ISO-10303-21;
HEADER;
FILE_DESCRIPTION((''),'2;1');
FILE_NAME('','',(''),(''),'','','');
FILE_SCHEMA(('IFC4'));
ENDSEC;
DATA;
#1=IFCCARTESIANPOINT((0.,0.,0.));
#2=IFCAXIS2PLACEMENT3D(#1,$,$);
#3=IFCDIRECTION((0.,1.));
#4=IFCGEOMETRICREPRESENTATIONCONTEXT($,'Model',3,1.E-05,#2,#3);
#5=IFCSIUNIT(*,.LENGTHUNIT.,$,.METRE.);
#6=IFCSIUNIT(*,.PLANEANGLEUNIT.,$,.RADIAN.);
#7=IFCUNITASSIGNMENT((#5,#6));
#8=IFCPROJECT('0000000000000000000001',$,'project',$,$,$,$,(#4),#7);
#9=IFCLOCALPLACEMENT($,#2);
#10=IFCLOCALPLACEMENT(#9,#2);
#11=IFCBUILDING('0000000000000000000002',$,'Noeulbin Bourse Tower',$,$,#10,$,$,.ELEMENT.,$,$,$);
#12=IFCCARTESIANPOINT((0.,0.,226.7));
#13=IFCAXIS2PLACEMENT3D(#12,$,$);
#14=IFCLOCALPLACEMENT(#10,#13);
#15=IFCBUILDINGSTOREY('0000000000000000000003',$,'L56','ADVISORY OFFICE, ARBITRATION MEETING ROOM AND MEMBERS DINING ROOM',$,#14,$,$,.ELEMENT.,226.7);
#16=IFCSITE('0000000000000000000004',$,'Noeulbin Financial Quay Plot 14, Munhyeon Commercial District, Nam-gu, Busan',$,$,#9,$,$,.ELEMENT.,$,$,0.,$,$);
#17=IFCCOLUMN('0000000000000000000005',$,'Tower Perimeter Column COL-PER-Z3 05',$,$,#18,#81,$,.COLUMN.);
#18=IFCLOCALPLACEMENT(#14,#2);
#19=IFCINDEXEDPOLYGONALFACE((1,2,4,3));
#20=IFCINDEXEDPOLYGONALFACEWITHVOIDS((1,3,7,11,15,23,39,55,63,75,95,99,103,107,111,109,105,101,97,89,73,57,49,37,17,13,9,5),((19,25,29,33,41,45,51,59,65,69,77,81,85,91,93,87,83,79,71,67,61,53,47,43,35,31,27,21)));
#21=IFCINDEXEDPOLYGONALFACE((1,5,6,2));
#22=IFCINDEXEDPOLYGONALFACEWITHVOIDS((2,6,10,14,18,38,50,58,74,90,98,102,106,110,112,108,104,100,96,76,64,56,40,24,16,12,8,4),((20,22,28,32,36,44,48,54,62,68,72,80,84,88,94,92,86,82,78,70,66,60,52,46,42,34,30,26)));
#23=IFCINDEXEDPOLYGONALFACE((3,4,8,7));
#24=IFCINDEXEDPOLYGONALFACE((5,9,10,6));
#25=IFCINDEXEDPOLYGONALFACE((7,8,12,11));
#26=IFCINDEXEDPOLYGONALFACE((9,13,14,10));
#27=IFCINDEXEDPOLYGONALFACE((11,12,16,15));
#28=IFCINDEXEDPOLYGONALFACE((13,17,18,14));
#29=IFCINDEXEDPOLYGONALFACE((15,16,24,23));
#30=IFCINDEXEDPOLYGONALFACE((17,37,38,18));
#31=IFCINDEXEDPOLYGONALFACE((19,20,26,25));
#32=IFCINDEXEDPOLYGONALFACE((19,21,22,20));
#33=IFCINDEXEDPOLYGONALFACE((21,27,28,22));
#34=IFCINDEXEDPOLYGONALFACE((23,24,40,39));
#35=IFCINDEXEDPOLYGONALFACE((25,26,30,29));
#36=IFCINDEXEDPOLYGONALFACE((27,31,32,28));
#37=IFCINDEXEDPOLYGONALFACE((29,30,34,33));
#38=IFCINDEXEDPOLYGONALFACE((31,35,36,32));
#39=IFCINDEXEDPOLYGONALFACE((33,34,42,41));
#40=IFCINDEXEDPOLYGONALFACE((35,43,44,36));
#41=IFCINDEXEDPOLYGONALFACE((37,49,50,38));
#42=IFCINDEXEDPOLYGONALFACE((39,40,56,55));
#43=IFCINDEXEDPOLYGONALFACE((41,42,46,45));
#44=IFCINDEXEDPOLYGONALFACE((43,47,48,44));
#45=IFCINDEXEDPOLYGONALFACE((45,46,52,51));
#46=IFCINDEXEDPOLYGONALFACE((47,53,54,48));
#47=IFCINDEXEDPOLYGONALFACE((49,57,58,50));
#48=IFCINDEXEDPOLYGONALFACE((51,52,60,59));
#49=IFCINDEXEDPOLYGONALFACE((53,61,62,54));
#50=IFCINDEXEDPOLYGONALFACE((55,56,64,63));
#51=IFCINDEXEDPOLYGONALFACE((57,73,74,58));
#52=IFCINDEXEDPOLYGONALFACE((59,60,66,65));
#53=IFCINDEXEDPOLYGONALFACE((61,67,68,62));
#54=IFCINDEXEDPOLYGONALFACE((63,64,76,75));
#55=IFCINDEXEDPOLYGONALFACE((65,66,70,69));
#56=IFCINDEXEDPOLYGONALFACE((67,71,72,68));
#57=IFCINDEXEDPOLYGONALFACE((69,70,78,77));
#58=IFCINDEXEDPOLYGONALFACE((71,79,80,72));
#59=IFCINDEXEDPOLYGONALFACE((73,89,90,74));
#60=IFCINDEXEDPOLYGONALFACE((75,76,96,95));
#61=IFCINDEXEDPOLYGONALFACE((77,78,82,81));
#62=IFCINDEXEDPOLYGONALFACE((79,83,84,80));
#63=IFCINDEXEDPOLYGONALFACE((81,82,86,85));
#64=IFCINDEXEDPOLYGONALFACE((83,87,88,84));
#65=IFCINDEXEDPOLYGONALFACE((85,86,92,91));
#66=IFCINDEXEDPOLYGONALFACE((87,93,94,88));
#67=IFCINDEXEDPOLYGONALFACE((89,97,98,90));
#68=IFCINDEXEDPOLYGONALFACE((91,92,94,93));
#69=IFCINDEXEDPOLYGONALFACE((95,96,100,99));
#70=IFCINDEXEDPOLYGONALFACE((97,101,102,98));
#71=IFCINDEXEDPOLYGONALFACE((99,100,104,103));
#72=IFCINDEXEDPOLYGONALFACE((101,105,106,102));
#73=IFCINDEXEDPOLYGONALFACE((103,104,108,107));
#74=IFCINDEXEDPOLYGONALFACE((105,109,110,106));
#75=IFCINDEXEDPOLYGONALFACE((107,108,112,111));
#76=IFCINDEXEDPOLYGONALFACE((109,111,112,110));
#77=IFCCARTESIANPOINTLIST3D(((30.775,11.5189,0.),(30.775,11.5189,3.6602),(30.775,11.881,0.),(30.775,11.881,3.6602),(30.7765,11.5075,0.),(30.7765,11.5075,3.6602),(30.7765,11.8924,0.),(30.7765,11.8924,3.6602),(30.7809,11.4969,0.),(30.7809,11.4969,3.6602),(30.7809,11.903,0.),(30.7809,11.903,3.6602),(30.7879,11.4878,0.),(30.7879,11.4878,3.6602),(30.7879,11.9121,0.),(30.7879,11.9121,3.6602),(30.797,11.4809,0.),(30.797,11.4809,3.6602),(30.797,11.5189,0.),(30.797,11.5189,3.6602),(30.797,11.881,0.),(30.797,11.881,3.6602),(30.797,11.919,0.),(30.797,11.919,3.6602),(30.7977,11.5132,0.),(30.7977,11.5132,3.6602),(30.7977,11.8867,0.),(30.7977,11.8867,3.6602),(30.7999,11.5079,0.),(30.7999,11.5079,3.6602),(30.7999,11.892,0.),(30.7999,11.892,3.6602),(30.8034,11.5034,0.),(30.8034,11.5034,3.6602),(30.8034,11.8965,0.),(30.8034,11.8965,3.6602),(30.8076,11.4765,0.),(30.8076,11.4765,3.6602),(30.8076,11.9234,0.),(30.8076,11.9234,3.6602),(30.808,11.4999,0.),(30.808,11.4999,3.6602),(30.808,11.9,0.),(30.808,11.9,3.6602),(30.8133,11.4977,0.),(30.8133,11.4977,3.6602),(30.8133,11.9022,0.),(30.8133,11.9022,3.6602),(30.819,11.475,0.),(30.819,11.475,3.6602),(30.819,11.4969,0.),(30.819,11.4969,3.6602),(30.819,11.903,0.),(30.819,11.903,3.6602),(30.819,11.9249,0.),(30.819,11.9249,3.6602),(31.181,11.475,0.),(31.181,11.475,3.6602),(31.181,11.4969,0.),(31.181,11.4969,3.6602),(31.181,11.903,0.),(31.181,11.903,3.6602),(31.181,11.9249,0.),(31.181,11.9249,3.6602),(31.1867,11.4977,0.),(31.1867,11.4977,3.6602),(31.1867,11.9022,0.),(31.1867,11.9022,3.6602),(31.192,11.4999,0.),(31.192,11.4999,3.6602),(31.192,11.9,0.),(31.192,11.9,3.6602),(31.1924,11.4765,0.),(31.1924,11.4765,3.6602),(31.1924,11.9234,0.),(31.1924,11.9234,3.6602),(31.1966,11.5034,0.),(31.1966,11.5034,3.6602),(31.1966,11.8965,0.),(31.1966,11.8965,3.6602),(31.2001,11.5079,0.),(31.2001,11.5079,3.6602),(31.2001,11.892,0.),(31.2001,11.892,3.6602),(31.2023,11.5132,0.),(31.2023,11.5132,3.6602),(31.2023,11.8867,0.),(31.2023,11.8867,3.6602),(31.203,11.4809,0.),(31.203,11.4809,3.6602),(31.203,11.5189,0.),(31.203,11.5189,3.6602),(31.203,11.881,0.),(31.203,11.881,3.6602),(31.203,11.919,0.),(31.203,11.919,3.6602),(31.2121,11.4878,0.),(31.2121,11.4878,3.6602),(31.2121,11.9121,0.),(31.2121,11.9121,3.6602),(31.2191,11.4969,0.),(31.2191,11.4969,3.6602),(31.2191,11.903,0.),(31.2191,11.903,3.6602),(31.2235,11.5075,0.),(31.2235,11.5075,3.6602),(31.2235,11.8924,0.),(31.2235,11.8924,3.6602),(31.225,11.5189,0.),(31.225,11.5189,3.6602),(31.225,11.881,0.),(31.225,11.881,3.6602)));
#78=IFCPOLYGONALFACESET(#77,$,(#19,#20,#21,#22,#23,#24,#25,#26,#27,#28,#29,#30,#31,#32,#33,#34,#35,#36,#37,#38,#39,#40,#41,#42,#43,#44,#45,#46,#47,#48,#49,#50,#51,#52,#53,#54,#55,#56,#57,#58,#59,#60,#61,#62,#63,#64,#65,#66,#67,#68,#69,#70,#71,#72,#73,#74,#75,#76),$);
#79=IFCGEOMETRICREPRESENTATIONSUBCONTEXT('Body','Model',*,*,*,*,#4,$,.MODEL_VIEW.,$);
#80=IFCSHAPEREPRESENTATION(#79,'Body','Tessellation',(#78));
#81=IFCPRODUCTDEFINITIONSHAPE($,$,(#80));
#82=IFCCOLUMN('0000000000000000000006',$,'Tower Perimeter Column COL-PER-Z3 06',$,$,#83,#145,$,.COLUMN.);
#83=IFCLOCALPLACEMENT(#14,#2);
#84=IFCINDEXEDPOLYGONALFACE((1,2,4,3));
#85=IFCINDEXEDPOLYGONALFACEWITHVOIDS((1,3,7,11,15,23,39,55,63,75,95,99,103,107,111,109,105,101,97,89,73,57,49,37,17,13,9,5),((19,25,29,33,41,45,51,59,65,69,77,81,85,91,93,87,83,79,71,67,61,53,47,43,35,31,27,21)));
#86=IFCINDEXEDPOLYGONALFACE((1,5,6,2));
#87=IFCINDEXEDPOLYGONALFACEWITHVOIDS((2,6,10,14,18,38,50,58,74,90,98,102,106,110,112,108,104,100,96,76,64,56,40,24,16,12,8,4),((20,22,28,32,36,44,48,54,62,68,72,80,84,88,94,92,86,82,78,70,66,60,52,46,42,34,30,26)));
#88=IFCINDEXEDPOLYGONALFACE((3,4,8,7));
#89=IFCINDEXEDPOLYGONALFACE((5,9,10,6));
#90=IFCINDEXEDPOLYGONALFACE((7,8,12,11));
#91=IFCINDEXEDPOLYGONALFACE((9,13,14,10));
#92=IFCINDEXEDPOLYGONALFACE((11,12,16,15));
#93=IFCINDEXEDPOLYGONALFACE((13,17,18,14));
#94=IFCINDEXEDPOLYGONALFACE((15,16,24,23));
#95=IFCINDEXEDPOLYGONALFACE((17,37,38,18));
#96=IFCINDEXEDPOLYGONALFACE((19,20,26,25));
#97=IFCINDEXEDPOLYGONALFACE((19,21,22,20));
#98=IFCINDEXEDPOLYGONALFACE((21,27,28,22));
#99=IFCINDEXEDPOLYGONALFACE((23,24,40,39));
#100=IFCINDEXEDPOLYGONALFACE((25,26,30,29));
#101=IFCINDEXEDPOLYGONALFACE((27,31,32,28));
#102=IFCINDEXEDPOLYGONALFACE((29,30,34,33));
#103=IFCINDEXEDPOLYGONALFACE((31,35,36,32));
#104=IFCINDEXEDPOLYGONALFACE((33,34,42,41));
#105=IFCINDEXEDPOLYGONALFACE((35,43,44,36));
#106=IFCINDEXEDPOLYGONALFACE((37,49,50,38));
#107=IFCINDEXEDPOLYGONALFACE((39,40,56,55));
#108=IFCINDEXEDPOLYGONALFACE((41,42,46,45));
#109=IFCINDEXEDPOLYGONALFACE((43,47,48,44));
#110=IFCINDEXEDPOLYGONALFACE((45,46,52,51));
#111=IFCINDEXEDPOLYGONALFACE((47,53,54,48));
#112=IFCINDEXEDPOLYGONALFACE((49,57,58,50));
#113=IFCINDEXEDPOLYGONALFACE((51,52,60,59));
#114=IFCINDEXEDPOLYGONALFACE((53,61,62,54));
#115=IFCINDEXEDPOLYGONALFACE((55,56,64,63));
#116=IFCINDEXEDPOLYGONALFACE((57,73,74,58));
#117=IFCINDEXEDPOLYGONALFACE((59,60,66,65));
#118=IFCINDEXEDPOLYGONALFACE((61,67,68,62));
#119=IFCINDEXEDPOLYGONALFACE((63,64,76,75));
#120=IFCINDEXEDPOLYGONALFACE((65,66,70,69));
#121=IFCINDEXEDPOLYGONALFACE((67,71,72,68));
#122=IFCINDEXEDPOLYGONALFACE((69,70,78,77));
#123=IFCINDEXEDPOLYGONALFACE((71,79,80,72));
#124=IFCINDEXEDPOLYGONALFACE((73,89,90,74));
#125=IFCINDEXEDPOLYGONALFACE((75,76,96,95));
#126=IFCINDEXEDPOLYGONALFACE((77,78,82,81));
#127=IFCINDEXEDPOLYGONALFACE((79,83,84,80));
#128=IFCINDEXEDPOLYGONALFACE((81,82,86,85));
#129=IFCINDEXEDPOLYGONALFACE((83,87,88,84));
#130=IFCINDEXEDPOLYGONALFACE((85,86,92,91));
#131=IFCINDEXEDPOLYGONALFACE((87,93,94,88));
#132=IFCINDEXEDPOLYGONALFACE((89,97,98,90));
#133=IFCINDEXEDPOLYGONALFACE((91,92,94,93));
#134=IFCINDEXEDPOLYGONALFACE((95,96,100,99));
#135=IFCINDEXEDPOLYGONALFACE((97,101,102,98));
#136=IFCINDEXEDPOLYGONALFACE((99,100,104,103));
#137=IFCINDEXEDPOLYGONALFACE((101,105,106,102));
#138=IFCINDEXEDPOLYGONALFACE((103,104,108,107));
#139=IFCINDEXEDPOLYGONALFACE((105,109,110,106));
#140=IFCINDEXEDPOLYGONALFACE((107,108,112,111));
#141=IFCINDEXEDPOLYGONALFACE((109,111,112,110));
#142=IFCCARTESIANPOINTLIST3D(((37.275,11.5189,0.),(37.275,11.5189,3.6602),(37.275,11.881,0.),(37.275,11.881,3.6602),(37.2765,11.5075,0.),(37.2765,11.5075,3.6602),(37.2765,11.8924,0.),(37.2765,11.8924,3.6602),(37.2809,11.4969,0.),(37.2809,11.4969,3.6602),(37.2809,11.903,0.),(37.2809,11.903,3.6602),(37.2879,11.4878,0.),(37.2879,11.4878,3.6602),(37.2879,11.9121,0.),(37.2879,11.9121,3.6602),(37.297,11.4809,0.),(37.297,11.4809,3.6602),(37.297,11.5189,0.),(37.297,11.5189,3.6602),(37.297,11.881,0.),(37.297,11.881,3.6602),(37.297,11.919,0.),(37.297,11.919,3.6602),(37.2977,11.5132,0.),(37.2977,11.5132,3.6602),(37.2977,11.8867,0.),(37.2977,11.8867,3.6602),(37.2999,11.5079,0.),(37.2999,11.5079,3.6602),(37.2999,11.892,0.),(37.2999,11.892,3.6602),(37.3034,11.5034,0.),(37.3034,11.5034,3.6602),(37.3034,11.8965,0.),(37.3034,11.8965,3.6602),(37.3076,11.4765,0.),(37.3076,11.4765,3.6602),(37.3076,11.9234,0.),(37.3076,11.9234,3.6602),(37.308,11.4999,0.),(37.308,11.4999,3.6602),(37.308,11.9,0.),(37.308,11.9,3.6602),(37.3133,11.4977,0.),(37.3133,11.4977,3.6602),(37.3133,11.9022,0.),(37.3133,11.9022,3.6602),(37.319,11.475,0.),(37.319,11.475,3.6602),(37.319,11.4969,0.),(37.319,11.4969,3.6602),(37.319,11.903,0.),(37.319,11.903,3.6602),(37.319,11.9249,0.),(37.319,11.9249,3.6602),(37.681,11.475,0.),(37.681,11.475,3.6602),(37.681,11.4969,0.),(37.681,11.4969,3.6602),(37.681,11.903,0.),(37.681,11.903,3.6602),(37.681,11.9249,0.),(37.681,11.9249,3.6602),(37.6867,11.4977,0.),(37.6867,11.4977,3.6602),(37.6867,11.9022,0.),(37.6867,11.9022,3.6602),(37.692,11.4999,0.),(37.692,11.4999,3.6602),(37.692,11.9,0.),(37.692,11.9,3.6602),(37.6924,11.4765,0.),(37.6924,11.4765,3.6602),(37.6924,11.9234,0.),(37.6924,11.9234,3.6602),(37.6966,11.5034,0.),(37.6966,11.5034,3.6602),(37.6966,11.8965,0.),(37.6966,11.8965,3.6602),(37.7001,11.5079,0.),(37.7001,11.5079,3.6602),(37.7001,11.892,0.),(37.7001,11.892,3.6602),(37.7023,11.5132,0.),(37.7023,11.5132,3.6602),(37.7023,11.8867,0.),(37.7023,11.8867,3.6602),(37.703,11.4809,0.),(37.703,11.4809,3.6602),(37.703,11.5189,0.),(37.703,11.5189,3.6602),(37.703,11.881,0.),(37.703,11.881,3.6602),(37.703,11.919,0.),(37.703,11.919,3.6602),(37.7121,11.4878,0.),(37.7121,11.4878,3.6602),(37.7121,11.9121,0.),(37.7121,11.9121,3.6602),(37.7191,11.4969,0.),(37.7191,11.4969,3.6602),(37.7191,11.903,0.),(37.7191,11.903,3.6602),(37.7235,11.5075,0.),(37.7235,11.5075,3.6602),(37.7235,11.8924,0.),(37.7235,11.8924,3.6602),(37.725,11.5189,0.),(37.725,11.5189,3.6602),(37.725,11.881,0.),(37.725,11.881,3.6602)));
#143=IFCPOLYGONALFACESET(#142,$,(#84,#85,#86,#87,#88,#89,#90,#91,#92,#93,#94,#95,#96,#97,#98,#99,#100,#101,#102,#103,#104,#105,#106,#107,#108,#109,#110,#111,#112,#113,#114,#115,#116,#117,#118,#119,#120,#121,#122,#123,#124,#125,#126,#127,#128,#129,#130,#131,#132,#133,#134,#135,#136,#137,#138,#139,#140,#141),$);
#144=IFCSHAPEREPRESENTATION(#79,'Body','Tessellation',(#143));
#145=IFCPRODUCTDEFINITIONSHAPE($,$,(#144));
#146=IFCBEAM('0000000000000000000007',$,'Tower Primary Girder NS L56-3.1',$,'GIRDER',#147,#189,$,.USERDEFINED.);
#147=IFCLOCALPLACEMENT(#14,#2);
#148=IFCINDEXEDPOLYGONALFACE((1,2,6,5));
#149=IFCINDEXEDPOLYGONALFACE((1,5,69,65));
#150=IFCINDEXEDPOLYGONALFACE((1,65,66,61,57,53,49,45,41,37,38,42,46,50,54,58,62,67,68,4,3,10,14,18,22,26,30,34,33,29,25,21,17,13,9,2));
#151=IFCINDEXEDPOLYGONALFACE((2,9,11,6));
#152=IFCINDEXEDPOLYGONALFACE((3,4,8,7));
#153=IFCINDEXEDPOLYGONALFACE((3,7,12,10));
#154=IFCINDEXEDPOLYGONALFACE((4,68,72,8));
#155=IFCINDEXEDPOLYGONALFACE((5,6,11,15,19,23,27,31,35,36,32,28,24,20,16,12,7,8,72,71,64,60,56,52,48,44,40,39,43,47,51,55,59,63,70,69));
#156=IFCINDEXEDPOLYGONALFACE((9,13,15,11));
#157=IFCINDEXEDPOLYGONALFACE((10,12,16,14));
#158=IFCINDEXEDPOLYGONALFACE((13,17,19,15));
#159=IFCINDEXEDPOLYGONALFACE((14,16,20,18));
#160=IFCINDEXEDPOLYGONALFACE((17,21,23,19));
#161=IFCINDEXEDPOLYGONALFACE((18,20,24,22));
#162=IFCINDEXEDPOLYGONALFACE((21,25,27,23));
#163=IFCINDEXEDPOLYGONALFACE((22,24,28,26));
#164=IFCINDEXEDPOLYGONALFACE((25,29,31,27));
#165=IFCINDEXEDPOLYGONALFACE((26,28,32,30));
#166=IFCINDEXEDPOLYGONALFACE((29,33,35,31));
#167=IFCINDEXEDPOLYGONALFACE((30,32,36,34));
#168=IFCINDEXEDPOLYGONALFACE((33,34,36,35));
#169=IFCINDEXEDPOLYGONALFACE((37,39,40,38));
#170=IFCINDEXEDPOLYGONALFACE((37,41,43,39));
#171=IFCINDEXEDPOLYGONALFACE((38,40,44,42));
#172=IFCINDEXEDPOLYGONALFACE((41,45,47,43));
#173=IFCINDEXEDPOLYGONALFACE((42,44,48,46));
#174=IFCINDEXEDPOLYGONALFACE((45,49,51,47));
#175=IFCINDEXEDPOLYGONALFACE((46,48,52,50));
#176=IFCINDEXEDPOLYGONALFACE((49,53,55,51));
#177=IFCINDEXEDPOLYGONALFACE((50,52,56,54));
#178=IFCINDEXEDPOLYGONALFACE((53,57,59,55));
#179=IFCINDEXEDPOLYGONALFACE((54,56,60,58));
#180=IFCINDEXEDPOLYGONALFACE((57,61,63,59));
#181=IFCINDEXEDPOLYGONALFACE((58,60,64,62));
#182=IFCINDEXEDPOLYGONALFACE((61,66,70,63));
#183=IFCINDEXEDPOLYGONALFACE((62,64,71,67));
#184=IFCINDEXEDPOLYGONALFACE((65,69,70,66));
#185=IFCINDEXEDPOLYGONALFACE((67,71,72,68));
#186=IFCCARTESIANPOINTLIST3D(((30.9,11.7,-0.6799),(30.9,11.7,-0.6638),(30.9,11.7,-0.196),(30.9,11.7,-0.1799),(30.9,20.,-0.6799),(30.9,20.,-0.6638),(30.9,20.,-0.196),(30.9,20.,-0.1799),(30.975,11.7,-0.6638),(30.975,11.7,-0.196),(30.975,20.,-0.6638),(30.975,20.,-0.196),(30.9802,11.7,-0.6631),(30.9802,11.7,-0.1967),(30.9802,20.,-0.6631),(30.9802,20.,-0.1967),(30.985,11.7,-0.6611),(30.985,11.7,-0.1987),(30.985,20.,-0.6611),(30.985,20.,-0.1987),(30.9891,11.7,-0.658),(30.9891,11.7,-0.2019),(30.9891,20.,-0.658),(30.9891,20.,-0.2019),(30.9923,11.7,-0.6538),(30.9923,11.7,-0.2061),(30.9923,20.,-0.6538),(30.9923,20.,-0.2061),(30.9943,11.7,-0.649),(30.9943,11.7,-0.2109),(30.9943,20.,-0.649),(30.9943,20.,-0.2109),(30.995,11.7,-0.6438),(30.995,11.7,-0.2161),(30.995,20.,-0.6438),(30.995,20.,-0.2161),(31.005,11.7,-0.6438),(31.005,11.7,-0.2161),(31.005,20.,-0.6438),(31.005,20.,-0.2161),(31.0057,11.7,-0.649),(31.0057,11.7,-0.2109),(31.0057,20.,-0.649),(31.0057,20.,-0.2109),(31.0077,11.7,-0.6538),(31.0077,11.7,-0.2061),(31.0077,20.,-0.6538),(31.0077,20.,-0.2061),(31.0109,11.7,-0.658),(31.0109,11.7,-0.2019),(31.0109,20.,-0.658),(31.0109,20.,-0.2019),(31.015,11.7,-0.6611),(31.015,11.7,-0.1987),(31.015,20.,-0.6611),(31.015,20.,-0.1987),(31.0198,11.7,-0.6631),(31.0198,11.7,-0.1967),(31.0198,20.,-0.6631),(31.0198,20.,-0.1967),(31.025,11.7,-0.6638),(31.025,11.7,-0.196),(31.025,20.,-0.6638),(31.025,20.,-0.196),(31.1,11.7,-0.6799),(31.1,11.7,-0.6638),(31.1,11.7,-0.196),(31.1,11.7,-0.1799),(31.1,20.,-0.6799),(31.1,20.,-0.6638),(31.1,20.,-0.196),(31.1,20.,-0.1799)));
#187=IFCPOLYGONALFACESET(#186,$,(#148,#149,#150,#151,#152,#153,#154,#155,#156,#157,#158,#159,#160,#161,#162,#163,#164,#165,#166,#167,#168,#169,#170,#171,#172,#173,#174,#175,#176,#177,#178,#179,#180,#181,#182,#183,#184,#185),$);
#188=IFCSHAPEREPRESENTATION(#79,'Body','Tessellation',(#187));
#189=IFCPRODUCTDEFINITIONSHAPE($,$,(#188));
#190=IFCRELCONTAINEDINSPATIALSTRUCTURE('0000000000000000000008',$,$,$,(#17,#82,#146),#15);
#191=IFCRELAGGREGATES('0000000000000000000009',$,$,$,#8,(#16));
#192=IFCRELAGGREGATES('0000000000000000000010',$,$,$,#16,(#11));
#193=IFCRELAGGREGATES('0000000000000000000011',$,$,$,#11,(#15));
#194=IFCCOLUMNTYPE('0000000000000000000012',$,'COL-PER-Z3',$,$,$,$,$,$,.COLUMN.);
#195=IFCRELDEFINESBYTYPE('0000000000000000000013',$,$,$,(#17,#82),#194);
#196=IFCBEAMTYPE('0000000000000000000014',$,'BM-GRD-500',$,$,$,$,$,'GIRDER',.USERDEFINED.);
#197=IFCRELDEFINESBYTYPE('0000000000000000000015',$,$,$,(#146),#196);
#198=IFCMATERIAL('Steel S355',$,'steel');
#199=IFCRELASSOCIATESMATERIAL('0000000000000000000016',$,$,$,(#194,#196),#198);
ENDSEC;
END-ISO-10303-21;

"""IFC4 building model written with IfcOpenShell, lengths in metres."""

from ifc_helpers import new_model, si_unit, direction, frame, origin, origin_2d, place, context, subcontext, project, spatial, hollow_rectangle, i_section, extrude, material, material_profile, profile_set, type_object, element, save


model = new_model("IFC4")

# Units and contexts
model_context = context("Model", 3, precision=1e-05, world=origin(), true_north=direction((0.0, 1.0)))
body_context = subcontext(model_context, "Body", "Model", "MODEL_VIEW")
ifc_project = project(units=[si_unit("LENGTHUNIT", "METRE"), si_unit("PLANEANGLEUNIT", "RADIAN")], contexts=[model_context])

# Site, building, storey
site_placement = place(None, origin())
site = spatial("IfcSite", under=ifc_project, at=site_placement, Name="Noeulbin Financial Quay Plot 14, Munhyeon Commercial District, Nam-gu, Busan", CompositionType="ELEMENT", RefElevation=0.0)
building_placement = place(site_placement, origin())
building = spatial("IfcBuilding", under=site, at=building_placement, Name="Noeulbin Bourse Tower", CompositionType="ELEMENT")
storey_placement = place(building_placement, frame((0.0, 0.0, 226.7)))
storey = spatial("IfcBuildingStorey", under=building, at=storey_placement, Name="L56", Description="ADVISORY OFFICE, ARBITRATION MEETING ROOM AND MEMBERS DINING ROOM", CompositionType="ELEMENT", Elevation=226.7)

# Columns
ifc_material_1 = material(Name="Steel S355", Category="steel")
ifc_material_profile_1 = material_profile(ifc_material_1, hollow_rectangle(XDim=0.45, YDim=0.45, WallThickness=0.022, InnerFilletRadius=0.022, OuterFilletRadius=0.0439, at=origin_2d()), Name="SHS-450x450x22", Category="LoadBearing")
ifc_profile_set_1 = profile_set([ifc_material_profile_1], Name="Steel S355")
column_type = type_object("IfcColumnType", Name="COL-PER-Z3", PredefinedType="COLUMN", material=ifc_profile_set_1)
for number, where, z_axis, x_axis, name in (
    (1, (31.0, 11.7, 0.0), (0.0, 0.0, 1.0), (1.0, 0.0, 0.0), "Tower Perimeter Column COL-PER-Z3 05"),
    (2, (37.5, 11.7, 0.0), (0.0, 0.0, 1.0), (1.0, 0.0, 0.0), "Tower Perimeter Column COL-PER-Z3 06"),
):
    element("IfcColumn", number, at=place(storey_placement, frame(where, z_axis=z_axis, x_axis=x_axis)), inside=storey, type_object=column_type, Name=name, PredefinedType="COLUMN", context=body_context, shape_type="SweptSolid", body=[
        extrude(hollow_rectangle(XDim=0.45, YDim=0.45, WallThickness=0.022, InnerFilletRadius=0.022, OuterFilletRadius=0.0439, at=origin_2d()), origin(), (0.0, 0.0, 1.0), 3.6602),
    ])

# Beam
ifc_material_profile_2 = material_profile(ifc_material_1, i_section(OverallWidth=0.2, OverallDepth=0.5, WebThickness=0.01, FlangeThickness=0.0161, FilletRadius=0.02, at=origin_2d()), Name="H-500x200x10x16", Category="LoadBearing")
ifc_profile_set_2 = profile_set([ifc_material_profile_2], Name="Steel S355")
beam_type_1 = type_object("IfcBeamType", Name="BM-GRD-500", ElementType="GIRDER", PredefinedType="USERDEFINED", material=ifc_profile_set_2)
for number, where, z_axis, x_axis, name in (
    (3, (31.0, 11.7, -0.4299), (0.0, 1.0, 0.0), (-1.0, 0.0, 0.0), "Tower Primary Girder NS L56-3.1"),
):
    element("IfcBeam", number, at=place(storey_placement, frame(where, z_axis=z_axis, x_axis=x_axis)), inside=storey, type_object=beam_type_1, Name=name, ObjectType="GIRDER", PredefinedType="USERDEFINED", context=body_context, shape_type="SweptSolid", body=[
        extrude(i_section(OverallWidth=0.2, OverallDepth=0.5, WebThickness=0.01, FlangeThickness=0.0161, FilletRadius=0.02, at=origin_2d()), origin(), (0.0, 0.0, 1.0), 8.3),
    ])

save(model, "model.ifc")
